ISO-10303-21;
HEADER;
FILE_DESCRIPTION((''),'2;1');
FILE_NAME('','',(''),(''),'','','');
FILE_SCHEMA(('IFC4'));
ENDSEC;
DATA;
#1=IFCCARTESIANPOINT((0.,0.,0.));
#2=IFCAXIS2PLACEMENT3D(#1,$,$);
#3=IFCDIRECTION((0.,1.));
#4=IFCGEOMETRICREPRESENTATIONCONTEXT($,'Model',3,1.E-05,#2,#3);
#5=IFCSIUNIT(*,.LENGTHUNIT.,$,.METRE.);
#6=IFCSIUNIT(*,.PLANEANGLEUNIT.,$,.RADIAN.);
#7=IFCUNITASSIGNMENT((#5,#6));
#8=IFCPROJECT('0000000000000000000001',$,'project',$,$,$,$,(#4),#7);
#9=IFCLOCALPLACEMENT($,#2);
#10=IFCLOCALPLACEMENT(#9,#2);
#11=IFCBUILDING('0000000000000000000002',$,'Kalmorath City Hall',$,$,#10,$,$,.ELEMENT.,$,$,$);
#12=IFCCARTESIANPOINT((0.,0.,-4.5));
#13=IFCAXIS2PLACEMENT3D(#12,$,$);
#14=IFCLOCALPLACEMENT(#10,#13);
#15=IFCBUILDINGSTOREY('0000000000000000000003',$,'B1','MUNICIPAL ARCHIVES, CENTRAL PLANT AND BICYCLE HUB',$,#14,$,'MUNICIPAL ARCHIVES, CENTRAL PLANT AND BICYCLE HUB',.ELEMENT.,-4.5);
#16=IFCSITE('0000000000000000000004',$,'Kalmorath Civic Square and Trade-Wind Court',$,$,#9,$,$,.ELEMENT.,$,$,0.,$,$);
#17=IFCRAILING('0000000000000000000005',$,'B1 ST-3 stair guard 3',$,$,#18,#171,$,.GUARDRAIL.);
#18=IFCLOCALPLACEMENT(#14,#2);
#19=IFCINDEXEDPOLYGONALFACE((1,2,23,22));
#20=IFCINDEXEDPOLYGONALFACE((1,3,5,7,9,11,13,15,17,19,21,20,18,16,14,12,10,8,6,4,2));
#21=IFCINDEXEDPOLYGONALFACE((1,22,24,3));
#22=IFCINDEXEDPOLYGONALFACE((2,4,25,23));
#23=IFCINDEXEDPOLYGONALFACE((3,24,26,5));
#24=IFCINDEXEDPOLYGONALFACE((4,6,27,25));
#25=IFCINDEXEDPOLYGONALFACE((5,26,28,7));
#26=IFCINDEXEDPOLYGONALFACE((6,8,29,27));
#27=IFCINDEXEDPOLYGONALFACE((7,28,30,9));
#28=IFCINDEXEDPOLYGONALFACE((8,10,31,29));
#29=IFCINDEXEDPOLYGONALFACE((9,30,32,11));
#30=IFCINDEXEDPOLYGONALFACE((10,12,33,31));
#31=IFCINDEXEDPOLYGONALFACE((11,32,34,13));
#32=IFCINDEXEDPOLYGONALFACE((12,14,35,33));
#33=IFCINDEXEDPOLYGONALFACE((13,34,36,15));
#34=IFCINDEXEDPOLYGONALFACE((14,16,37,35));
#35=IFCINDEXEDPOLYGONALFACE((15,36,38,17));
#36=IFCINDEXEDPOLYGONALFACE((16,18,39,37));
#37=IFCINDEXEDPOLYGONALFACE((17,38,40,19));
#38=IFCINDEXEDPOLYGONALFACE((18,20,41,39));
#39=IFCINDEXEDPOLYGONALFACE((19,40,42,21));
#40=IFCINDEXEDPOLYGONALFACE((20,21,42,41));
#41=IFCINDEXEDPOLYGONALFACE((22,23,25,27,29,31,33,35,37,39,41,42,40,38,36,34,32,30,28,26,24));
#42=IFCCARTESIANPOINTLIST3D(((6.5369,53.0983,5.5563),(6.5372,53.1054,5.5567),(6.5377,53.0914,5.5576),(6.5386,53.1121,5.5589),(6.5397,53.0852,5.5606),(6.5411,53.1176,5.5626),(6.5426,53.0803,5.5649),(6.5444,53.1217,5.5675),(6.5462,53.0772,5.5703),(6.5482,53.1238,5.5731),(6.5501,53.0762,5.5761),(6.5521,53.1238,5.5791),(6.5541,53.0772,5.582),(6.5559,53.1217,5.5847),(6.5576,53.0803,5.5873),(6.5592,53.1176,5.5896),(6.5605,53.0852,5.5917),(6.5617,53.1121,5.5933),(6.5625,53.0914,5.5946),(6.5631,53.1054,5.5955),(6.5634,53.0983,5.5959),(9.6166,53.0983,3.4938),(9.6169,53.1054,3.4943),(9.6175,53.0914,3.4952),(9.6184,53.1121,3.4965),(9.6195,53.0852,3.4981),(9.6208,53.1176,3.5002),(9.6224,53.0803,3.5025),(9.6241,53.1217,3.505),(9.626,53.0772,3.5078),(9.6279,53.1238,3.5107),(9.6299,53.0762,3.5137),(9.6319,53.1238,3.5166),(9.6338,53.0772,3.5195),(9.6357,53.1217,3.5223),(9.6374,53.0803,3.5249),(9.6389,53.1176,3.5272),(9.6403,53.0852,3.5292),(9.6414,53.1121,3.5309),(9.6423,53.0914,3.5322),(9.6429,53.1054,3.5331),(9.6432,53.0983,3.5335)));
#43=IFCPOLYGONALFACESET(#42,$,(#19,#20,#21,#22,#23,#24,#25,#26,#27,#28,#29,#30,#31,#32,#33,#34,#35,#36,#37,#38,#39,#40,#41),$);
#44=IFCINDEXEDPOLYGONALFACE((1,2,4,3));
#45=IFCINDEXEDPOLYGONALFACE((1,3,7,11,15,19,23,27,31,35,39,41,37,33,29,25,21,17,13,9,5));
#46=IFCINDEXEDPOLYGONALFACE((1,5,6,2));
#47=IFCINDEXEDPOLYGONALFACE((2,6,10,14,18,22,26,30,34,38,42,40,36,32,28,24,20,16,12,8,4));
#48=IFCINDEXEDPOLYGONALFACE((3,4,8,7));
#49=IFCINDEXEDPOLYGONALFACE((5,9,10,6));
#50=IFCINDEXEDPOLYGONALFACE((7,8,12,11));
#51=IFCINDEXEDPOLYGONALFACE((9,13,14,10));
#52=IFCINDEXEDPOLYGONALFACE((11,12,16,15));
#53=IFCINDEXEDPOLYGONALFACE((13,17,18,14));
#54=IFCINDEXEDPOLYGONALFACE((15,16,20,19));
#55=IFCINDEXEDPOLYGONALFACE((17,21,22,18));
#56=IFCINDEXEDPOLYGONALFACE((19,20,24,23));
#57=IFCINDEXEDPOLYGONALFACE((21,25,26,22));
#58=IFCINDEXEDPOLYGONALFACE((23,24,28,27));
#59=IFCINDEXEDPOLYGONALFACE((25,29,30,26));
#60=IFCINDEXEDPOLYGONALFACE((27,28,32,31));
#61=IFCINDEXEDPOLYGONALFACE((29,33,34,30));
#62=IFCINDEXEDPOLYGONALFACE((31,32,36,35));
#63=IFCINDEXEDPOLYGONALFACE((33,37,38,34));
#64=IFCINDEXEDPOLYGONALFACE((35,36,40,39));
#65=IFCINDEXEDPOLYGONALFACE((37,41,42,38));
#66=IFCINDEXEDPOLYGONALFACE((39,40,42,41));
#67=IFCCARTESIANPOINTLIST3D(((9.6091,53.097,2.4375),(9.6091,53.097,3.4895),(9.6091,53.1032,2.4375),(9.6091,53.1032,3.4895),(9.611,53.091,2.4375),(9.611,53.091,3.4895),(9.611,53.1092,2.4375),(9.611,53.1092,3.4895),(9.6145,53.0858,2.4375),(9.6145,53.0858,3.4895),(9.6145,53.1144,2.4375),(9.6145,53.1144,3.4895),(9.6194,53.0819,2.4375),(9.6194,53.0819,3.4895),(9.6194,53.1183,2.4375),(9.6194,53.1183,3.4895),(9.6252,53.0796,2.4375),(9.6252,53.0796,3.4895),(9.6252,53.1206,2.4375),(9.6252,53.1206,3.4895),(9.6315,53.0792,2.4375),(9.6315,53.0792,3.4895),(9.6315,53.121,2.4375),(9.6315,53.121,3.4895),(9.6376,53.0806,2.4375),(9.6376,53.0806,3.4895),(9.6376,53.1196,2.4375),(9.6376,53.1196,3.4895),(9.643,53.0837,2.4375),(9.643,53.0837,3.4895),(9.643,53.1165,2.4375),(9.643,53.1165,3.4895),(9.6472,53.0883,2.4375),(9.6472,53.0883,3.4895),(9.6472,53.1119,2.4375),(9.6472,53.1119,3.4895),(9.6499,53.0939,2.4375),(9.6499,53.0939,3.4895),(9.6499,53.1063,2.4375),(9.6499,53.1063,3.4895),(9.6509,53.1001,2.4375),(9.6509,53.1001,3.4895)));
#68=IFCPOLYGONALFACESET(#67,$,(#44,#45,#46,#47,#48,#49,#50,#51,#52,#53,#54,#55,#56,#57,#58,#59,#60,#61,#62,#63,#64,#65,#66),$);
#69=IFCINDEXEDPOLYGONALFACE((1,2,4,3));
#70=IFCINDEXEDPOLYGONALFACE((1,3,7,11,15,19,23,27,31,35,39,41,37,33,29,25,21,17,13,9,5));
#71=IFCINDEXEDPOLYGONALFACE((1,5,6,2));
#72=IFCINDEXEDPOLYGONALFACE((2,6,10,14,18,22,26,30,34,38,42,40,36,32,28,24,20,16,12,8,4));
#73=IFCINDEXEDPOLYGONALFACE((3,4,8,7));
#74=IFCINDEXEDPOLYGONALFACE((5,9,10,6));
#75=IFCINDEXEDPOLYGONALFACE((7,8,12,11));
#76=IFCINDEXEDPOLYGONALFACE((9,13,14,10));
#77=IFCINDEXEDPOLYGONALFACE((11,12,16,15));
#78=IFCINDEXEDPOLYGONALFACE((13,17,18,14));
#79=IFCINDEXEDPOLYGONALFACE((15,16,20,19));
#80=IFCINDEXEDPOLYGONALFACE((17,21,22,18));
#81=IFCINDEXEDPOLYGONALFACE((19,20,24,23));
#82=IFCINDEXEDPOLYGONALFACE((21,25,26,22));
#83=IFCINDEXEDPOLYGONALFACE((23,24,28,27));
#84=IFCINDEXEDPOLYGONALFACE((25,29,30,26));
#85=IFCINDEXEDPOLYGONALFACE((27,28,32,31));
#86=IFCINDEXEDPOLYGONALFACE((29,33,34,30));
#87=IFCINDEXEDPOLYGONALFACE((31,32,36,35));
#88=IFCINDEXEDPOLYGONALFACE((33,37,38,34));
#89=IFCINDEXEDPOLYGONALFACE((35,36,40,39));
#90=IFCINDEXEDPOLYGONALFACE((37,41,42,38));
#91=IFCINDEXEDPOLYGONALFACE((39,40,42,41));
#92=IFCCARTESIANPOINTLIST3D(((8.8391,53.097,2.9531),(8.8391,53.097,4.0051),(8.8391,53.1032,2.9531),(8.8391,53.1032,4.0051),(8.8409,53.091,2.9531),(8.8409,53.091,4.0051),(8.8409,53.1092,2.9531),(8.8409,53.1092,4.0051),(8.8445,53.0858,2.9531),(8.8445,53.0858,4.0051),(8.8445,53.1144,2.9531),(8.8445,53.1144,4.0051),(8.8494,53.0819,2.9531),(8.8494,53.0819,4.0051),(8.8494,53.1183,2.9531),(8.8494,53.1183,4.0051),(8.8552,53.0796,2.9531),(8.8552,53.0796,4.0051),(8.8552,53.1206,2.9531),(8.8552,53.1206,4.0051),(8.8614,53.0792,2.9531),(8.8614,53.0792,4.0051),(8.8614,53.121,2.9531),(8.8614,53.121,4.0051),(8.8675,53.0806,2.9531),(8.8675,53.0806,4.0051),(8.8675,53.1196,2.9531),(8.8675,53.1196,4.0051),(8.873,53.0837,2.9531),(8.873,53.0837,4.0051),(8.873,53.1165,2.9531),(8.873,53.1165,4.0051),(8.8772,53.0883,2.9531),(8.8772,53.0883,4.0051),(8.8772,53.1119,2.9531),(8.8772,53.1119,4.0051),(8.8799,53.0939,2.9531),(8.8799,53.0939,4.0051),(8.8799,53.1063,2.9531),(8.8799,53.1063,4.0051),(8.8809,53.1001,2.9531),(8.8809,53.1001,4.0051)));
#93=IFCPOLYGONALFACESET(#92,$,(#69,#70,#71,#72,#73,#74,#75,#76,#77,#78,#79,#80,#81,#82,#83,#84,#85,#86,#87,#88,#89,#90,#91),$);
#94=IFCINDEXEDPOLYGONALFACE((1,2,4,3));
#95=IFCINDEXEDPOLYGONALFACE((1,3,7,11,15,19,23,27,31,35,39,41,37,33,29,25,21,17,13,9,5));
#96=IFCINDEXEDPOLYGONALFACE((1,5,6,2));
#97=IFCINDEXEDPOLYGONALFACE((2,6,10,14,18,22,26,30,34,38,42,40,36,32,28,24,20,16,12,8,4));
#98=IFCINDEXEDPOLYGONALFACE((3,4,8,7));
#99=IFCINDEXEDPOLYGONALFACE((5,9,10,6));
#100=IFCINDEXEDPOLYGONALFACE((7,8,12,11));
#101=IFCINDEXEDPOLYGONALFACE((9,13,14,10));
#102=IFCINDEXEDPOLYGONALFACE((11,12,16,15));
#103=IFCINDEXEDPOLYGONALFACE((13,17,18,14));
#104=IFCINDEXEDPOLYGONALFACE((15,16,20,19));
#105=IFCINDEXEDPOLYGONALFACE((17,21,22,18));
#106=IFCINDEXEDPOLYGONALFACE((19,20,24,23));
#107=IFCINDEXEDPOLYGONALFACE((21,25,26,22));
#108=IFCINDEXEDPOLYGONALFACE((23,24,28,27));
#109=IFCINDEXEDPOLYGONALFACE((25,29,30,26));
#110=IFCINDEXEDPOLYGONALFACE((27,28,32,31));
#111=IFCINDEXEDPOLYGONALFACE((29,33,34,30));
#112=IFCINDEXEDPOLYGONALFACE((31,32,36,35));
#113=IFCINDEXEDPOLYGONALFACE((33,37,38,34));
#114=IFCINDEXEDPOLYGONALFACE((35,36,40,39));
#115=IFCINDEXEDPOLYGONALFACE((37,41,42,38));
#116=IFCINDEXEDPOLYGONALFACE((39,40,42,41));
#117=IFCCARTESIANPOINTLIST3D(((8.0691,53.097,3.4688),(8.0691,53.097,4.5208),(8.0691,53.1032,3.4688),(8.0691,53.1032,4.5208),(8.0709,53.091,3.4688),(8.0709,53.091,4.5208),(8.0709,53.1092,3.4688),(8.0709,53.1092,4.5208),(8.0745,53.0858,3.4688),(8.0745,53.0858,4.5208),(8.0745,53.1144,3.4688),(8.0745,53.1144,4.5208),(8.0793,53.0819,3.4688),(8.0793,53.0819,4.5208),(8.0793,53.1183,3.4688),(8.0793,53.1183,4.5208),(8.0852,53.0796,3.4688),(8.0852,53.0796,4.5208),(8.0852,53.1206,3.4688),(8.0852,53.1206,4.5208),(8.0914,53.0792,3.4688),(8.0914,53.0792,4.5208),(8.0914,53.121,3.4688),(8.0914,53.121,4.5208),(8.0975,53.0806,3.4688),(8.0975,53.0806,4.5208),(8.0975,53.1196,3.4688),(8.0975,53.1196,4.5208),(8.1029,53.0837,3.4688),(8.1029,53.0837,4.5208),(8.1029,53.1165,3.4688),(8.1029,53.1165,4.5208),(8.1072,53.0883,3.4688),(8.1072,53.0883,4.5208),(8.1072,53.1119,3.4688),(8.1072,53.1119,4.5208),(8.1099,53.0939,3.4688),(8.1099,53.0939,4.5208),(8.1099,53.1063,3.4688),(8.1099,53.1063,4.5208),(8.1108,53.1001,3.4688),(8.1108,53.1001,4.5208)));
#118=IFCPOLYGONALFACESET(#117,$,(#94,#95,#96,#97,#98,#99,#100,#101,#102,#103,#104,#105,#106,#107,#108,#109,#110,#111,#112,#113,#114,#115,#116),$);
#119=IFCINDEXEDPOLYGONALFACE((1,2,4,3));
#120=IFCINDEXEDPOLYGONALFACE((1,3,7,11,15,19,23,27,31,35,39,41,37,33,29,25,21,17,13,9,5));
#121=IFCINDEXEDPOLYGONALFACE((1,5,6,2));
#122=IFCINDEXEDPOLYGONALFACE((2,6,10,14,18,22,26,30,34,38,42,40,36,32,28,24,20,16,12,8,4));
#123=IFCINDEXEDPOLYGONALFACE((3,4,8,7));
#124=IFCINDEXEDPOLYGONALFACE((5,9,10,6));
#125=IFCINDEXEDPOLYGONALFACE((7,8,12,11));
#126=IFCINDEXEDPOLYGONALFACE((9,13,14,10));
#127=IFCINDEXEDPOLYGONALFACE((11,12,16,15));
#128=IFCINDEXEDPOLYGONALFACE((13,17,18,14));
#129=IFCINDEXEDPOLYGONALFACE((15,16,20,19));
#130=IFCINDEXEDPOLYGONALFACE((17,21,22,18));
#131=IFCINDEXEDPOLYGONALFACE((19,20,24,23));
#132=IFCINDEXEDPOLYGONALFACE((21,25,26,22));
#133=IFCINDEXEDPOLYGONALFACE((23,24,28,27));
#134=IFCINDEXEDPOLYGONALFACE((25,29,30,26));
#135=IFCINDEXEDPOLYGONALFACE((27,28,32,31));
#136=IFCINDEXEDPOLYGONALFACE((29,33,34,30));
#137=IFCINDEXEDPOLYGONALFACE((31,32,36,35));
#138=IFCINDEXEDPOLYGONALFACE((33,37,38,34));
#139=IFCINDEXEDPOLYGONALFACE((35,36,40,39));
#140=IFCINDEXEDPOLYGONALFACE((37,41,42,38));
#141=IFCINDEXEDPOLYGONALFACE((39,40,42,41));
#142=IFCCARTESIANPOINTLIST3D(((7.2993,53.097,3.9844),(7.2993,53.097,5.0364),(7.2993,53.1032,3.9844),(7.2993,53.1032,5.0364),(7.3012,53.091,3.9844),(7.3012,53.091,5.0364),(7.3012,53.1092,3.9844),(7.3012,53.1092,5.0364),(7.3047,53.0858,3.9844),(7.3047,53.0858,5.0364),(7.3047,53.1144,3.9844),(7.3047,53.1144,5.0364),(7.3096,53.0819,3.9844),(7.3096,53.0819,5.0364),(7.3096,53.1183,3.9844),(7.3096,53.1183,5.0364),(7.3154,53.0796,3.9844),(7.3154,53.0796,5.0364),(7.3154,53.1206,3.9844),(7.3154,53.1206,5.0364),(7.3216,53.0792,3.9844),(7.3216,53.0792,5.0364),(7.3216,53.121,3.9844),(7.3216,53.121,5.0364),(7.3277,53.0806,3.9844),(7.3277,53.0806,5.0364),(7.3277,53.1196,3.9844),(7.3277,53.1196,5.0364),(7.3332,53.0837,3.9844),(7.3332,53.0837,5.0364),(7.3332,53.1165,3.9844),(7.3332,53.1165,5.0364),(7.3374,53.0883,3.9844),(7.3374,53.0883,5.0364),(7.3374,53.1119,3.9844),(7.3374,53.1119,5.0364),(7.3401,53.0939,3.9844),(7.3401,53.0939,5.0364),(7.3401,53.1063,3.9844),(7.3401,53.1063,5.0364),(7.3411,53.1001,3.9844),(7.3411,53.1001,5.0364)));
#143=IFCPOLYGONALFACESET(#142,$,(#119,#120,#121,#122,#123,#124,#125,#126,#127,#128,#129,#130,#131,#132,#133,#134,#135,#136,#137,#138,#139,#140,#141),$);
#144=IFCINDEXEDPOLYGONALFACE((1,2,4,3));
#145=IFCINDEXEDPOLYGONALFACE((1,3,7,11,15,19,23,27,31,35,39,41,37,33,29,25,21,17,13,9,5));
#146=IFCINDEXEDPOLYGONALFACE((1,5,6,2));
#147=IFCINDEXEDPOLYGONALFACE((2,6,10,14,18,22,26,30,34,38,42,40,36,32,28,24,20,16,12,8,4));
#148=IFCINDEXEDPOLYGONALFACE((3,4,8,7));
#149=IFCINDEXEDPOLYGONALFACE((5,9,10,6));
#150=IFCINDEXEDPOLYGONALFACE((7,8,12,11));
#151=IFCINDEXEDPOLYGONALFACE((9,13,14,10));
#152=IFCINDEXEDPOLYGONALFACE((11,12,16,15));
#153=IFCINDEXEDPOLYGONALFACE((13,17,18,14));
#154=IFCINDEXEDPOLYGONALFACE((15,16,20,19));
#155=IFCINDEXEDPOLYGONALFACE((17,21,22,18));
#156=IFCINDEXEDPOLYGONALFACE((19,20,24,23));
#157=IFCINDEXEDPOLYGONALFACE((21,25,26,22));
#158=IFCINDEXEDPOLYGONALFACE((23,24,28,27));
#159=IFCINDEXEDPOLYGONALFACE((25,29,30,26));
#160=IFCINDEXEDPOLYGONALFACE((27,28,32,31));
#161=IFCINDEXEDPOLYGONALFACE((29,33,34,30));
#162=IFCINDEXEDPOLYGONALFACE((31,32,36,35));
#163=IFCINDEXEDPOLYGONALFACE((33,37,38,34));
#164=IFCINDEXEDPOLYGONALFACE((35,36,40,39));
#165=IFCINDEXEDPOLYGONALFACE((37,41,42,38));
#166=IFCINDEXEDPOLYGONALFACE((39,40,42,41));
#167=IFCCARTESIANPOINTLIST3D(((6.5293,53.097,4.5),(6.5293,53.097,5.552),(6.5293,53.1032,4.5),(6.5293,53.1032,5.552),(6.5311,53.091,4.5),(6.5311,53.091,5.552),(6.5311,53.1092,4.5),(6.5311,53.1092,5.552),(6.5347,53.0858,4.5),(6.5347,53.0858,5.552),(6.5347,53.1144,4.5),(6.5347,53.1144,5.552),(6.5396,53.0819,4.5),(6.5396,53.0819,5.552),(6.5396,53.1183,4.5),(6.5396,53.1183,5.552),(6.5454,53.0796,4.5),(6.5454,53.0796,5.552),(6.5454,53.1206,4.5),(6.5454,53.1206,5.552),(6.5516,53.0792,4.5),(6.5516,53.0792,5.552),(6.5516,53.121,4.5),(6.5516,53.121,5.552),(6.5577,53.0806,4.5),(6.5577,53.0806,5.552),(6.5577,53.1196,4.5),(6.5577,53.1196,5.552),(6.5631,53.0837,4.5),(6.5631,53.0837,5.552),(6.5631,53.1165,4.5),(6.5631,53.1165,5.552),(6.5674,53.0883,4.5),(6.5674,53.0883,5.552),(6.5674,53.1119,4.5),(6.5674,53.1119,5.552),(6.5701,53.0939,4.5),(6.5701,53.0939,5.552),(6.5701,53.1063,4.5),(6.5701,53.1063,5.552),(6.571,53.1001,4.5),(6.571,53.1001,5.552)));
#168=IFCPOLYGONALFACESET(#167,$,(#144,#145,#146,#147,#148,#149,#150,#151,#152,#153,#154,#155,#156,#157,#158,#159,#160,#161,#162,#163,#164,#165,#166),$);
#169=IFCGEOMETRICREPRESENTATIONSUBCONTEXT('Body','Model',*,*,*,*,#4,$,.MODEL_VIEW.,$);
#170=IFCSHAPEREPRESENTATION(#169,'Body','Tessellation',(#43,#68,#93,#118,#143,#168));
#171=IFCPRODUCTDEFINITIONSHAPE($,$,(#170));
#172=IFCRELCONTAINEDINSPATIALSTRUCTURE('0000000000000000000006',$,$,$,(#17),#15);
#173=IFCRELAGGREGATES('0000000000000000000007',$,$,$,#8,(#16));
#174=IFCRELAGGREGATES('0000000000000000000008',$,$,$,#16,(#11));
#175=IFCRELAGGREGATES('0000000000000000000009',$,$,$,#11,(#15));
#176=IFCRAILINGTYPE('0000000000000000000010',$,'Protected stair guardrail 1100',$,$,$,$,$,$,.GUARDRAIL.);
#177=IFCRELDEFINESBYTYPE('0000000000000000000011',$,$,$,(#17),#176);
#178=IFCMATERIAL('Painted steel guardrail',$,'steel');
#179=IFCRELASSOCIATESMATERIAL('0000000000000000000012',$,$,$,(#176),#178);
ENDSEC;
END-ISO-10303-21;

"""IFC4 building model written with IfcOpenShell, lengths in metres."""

from ifc_helpers import new_model, si_unit, direction, frame, origin, origin_2d, place, context, subcontext, project, spatial, circle, extrude, material, type_object, element, save


model = new_model("IFC4")

# Units and contexts
model_context = context("Model", 3, precision=1e-05, world=origin(), true_north=direction((0.0, 1.0)))
body_context = subcontext(model_context, "Body", "Model", "MODEL_VIEW")
ifc_project = project(units=[si_unit("LENGTHUNIT", "METRE"), si_unit("PLANEANGLEUNIT", "RADIAN")], contexts=[model_context])

# Site, building, storey
site_placement = place(None, origin())
site = spatial("IfcSite", under=ifc_project, at=site_placement, Name="Kalmorath Civic Square and Trade-Wind Court", CompositionType="ELEMENT", RefElevation=0.0)
building_placement = place(site_placement, origin())
building = spatial("IfcBuilding", under=site, at=building_placement, Name="Kalmorath City Hall", CompositionType="ELEMENT")
storey_placement = place(building_placement, frame((0.0, 0.0, -4.5)))
storey = spatial("IfcBuildingStorey", under=building, at=storey_placement, Name="B1", Description="MUNICIPAL ARCHIVES, CENTRAL PLANT AND BICYCLE HUB", LongName="MUNICIPAL ARCHIVES, CENTRAL PLANT AND BICYCLE HUB", CompositionType="ELEMENT", Elevation=-4.5)

# Railing
ifc_material_1 = material(Name="Painted steel guardrail", Category="steel")
railing_type_1 = type_object("IfcRailingType", Name="Protected stair guardrail 1100", PredefinedType="GUARDRAIL", material=ifc_material_1)
railing_1_placement = place(storey_placement, frame((9.6299, 53.1001, 2.4375)))
element("IfcRailing", 1, at=railing_1_placement, inside=storey, type_object=railing_type_1, Name="B1 ST-3 stair guard 3", PredefinedType="GUARDRAIL", context=body_context, shape_type="SweptSolid", body=[
    extrude(circle(Radius=0.0239, at=origin_2d()), frame((0.0, 0.0, 1.0762), z_axis=(-0.830893, 0.0, 0.556432), x_axis=(0.0, -1.0, 0.0)), (0.0, 0.0, 1.0), 3.7065),
    extrude(circle(Radius=0.021, at=origin_2d()), origin(), (0.0, 0.0, 1.0), 1.052),
    extrude(circle(Radius=0.021, at=origin_2d()), frame((-0.77, 0.0, 0.5156)), (0.0, 0.0, 1.0), 1.052),
    extrude(circle(Radius=0.021, at=origin_2d()), frame((-1.54, 0.0, 1.0312)), (0.0, 0.0, 1.0), 1.052),
    extrude(circle(Radius=0.021, at=origin_2d()), frame((-2.3098, 0.0, 1.5469)), (0.0, 0.0, 1.0), 1.052),
    extrude(circle(Radius=0.021, at=origin_2d()), frame((-3.0798, 0.0, 2.0625)), (0.0, 0.0, 1.0), 1.052),
])

save(model, "model.ifc")
